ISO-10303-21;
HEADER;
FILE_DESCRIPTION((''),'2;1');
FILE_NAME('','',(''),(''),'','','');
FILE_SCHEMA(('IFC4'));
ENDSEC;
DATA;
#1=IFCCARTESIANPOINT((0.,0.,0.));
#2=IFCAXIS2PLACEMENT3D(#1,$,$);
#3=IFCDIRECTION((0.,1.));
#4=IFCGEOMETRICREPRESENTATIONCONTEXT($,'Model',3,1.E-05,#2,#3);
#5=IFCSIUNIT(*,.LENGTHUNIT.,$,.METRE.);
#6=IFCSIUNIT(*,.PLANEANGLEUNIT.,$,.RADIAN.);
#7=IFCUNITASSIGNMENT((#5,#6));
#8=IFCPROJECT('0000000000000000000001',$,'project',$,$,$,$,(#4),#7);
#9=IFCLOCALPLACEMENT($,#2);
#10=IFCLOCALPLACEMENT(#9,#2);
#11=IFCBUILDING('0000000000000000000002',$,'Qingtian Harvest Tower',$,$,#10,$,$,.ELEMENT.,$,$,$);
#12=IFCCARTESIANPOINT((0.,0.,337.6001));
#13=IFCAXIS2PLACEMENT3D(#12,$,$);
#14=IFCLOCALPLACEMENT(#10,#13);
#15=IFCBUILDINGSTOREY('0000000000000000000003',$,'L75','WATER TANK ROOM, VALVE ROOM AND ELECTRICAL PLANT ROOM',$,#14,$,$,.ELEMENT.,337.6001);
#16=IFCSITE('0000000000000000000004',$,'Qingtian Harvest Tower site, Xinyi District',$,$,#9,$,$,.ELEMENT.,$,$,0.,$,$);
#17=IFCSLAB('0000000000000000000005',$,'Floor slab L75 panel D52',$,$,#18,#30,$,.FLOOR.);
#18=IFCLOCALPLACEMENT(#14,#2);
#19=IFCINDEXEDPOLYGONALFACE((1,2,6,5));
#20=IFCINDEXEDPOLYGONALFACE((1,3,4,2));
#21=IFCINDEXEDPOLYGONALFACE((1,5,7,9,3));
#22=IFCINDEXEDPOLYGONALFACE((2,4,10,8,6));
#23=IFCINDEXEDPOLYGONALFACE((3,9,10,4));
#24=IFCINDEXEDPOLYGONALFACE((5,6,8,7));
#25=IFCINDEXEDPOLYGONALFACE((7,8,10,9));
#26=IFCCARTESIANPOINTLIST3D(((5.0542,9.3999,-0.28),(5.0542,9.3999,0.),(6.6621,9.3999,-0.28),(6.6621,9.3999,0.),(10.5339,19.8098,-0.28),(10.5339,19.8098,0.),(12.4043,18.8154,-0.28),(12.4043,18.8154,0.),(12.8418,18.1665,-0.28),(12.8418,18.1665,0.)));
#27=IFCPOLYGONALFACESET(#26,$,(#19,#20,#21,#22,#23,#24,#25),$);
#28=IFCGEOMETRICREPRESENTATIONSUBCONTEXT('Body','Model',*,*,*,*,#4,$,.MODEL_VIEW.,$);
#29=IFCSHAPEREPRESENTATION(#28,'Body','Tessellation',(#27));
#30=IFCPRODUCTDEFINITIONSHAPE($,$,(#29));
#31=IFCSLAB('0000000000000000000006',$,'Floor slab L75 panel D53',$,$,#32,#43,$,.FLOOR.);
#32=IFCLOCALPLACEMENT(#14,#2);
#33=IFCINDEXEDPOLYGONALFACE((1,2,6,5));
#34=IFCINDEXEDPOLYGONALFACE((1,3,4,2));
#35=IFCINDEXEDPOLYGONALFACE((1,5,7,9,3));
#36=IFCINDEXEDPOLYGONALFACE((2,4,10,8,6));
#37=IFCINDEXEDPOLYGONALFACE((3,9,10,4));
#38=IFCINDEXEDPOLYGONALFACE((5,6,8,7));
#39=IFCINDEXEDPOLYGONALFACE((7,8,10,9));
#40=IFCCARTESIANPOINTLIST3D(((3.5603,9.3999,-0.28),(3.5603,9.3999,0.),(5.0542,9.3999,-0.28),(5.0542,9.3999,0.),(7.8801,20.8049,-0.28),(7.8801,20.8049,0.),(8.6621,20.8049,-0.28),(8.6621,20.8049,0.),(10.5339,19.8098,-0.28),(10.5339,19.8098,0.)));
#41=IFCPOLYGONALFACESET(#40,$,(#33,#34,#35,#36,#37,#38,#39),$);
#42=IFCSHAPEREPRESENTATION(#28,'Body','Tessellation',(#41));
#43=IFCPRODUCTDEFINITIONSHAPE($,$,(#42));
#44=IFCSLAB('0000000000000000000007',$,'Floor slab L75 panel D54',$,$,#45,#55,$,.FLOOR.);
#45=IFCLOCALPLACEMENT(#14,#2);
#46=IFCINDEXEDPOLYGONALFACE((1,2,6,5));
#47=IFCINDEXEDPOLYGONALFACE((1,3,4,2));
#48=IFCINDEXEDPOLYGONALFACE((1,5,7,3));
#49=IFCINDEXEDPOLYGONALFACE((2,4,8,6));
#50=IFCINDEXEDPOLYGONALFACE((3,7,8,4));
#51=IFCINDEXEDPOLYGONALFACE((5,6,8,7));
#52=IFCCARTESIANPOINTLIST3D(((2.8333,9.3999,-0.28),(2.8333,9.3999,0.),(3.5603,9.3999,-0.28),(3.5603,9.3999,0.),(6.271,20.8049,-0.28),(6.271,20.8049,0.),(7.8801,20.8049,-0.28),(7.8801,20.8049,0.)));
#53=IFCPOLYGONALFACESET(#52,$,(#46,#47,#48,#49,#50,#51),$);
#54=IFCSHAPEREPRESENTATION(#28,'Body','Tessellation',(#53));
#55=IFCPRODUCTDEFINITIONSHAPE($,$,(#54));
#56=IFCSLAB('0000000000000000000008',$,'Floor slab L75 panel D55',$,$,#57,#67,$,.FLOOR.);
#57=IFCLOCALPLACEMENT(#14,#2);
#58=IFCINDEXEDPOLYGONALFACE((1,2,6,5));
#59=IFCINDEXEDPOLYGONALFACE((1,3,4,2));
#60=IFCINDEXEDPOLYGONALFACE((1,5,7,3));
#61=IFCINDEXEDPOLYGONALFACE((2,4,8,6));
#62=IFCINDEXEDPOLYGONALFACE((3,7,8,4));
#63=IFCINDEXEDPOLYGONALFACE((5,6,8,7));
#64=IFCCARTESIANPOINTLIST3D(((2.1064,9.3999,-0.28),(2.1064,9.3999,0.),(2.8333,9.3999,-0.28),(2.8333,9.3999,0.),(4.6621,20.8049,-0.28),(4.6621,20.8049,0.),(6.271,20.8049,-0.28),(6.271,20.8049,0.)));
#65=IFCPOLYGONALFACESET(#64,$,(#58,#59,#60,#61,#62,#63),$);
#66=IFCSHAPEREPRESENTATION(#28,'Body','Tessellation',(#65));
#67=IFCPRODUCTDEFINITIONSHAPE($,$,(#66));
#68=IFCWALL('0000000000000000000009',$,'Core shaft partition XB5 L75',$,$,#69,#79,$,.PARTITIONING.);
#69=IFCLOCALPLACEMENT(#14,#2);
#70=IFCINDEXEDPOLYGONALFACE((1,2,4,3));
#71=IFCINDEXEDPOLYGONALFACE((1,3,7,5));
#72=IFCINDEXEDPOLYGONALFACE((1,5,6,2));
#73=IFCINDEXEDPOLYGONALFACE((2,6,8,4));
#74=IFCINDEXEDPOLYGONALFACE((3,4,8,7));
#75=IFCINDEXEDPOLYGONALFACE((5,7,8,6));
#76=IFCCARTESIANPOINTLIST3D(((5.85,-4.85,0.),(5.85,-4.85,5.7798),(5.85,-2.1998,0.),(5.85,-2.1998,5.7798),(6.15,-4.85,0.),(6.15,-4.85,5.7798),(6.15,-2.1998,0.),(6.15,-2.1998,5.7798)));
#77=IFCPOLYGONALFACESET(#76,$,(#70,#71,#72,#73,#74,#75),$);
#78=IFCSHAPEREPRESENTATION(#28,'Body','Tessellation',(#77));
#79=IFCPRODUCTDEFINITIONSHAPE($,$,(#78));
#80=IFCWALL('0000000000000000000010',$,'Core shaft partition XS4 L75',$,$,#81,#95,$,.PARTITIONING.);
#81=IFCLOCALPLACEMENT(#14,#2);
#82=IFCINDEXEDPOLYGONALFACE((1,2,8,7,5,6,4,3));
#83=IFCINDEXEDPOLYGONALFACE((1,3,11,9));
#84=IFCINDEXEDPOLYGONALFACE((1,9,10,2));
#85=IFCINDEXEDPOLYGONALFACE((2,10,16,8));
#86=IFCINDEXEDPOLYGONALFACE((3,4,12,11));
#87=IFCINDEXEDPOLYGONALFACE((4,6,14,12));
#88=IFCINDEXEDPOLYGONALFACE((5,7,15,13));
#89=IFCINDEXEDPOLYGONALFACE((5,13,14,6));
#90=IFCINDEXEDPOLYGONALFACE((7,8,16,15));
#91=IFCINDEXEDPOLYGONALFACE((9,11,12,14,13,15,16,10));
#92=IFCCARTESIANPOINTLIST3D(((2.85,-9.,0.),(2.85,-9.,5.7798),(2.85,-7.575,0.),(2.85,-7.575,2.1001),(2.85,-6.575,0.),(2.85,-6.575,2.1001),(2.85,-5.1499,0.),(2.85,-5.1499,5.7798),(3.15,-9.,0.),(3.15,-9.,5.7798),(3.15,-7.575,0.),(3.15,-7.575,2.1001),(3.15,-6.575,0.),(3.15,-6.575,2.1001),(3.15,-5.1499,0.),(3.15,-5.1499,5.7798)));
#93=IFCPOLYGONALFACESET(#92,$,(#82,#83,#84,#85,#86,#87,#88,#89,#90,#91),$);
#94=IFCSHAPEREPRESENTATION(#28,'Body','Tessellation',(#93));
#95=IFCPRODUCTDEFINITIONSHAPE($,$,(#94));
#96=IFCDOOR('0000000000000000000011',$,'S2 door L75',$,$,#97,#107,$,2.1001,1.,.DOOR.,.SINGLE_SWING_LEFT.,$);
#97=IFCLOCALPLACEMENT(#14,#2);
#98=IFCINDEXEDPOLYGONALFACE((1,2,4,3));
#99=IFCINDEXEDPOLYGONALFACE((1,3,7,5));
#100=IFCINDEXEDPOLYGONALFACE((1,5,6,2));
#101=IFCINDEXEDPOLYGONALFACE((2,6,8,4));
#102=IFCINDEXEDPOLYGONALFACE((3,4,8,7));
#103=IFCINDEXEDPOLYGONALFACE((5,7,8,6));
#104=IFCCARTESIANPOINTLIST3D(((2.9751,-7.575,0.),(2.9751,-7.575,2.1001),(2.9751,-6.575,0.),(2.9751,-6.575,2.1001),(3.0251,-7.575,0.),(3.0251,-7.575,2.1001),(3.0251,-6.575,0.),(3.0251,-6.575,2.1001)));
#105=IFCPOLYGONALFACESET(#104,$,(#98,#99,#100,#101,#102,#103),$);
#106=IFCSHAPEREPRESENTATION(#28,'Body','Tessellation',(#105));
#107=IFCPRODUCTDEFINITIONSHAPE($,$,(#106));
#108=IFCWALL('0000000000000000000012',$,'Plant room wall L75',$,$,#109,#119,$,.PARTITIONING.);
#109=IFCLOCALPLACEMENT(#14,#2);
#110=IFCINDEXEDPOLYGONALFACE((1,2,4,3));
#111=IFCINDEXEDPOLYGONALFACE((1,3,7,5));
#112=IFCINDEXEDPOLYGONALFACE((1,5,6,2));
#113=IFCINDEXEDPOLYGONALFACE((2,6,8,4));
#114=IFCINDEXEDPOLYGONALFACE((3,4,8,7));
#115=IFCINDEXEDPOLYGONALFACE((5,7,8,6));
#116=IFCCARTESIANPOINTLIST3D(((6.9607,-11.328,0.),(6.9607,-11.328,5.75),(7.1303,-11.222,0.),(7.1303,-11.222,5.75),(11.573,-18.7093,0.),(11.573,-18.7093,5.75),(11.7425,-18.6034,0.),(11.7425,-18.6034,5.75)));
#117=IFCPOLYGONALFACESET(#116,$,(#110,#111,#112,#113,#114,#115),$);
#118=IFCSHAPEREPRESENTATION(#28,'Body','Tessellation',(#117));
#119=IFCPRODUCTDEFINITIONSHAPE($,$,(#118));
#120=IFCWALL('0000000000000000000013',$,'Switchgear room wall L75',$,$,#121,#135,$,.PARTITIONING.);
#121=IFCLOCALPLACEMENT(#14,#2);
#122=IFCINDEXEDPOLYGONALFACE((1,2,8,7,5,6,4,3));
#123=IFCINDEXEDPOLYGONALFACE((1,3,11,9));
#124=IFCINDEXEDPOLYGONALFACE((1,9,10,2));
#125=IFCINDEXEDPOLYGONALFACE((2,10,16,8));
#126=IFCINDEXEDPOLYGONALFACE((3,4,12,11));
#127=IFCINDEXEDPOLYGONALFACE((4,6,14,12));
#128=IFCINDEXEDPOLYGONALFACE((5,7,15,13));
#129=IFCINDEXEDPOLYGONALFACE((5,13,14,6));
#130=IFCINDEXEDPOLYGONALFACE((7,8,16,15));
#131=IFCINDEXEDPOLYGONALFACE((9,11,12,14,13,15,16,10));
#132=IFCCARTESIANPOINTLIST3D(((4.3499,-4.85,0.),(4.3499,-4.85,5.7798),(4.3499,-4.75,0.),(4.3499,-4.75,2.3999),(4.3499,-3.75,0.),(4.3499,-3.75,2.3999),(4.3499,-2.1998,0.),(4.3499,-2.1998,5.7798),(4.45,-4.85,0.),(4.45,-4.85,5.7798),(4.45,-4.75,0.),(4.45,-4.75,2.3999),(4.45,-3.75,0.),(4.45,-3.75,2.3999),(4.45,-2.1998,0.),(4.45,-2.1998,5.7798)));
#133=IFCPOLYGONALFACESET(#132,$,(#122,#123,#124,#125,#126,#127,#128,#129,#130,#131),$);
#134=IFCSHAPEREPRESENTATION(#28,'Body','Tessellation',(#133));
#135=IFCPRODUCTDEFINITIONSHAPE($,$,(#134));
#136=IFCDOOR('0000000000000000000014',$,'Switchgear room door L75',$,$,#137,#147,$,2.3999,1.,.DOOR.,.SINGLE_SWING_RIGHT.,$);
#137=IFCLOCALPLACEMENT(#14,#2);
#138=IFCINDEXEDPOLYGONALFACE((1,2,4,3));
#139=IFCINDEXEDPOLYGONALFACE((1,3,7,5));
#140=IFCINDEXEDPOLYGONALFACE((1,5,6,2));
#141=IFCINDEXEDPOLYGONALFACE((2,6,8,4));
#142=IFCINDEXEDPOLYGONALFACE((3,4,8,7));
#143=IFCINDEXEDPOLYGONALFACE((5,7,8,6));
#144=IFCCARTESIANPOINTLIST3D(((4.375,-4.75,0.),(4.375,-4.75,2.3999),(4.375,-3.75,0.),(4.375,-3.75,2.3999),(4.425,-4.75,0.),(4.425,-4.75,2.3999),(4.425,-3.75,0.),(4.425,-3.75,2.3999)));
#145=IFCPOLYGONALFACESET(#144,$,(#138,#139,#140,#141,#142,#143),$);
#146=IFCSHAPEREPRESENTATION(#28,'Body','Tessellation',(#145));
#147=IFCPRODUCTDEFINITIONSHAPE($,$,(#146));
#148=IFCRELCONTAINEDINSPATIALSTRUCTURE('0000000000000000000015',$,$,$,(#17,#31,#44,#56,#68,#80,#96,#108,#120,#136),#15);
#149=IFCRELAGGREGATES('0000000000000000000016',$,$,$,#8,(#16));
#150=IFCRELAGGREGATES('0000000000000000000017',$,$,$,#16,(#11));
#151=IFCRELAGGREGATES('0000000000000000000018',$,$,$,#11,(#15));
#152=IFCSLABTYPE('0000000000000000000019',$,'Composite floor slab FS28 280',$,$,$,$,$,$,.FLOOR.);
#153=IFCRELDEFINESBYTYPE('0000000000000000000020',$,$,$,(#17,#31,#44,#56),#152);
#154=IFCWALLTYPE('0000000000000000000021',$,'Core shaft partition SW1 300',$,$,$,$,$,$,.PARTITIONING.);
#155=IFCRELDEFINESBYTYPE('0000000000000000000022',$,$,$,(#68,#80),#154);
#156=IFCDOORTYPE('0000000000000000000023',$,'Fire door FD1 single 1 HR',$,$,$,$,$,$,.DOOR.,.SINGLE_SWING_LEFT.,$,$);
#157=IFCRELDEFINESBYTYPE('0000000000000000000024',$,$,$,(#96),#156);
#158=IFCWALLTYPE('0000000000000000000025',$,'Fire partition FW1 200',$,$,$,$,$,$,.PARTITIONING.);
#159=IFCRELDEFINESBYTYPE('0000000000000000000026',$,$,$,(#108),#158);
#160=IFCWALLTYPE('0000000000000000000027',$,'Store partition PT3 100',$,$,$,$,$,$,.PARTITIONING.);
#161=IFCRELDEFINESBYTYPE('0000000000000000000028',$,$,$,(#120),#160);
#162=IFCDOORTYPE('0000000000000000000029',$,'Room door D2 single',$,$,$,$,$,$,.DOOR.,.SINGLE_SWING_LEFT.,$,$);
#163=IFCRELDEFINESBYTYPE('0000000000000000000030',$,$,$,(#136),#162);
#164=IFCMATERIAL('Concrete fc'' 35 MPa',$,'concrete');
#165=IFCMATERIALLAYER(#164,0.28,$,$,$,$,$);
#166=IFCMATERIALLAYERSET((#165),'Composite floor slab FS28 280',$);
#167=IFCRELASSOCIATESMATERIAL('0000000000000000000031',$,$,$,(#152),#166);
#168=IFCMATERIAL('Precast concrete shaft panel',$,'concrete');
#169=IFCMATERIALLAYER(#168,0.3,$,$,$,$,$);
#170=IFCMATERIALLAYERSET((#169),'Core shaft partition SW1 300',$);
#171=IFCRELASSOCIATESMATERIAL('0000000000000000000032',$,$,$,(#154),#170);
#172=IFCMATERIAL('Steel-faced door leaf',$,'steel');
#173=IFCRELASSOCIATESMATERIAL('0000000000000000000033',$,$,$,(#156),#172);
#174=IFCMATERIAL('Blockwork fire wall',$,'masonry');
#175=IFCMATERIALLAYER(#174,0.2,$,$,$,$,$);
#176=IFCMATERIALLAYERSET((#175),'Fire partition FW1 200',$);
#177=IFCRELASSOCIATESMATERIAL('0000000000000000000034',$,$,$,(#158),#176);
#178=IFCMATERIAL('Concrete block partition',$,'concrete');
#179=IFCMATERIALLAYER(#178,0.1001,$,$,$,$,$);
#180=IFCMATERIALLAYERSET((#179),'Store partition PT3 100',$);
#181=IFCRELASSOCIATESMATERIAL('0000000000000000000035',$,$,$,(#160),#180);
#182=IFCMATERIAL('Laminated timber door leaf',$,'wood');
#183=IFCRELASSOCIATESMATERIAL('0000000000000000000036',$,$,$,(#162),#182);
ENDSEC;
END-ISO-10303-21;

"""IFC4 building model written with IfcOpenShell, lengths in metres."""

from ifc_helpers import new_model, si_unit, direction, frame, frame_2d, origin, place, context, subcontext, project, spatial, polyline, rectangle, outline, extrude, material, layer, layer_set, type_object, element, fill, save


model = new_model("IFC4")

# Units and contexts
model_context = context("Model", 3, precision=1e-05, world=origin(), true_north=direction((0.0, 1.0)))
body_context = subcontext(model_context, "Body", "Model", "MODEL_VIEW")
ifc_project = project(units=[si_unit("LENGTHUNIT", "METRE"), si_unit("PLANEANGLEUNIT", "RADIAN")], contexts=[model_context])

# Site, building, storey
site_placement = place(None, origin())
site = spatial("IfcSite", under=ifc_project, at=site_placement, Name="Qingtian Harvest Tower site, Xinyi District", CompositionType="ELEMENT", RefElevation=0.0)
building_placement = place(site_placement, origin())
building = spatial("IfcBuilding", under=site, at=building_placement, Name="Qingtian Harvest Tower", CompositionType="ELEMENT")
storey_placement = place(building_placement, frame((0.0, 0.0, 337.6001)))
storey = spatial("IfcBuildingStorey", under=building, at=storey_placement, Name="L75", Description="WATER TANK ROOM, VALVE ROOM AND ELECTRICAL PLANT ROOM", CompositionType="ELEMENT", Elevation=337.6001)

# Slabs
ifc_material_1 = material(Name="Concrete fc' 35 MPa", Category="concrete")
ifc_layer_1 = layer(ifc_material_1, 0.28)
ifc_layer_set_1 = layer_set([ifc_layer_1], Name="Composite floor slab FS28 280")
slab_type = type_object("IfcSlabType", Name="Composite floor slab FS28 280", PredefinedType="FLOOR", material=ifc_layer_set_1)
slab_1_placement = place(storey_placement, frame((0.0, 0.0, -0.28)))
element("IfcSlab", 1, at=slab_1_placement, inside=storey, type_object=slab_type, Name="Floor slab L75 panel D52", PredefinedType="FLOOR", context=body_context, shape_type="SweptSolid", body=[
    extrude(outline(polyline([(6.6621, 9.3999), (5.0542, 9.3999), (10.5339, 19.8098), (12.4043, 18.8154), (12.8418, 18.1665), (6.6621, 9.3999)])), origin(), (0.0, 0.0, 1.0), 0.28),
])
slab_2_placement = place(storey_placement, frame((0.0, 0.0, -0.28)))
element("IfcSlab", 2, at=slab_2_placement, inside=storey, type_object=slab_type, Name="Floor slab L75 panel D53", PredefinedType="FLOOR", context=body_context, shape_type="SweptSolid", body=[
    extrude(outline(polyline([(3.5603, 9.3999), (7.8801, 20.8049), (8.6621, 20.8049), (10.5339, 19.8098), (5.0542, 9.3999), (3.5603, 9.3999)])), origin(), (0.0, 0.0, 1.0), 0.28),
])
slab_3_placement = place(storey_placement, frame((0.0, 0.0, -0.28)))
element("IfcSlab", 3, at=slab_3_placement, inside=storey, type_object=slab_type, Name="Floor slab L75 panel D54", PredefinedType="FLOOR", context=body_context, shape_type="SweptSolid", body=[
    extrude(outline(polyline([(2.8333, 9.3999), (6.271, 20.8049), (7.8801, 20.8049), (3.5603, 9.3999), (2.8333, 9.3999)])), origin(), (0.0, 0.0, 1.0), 0.28),
])
slab_4_placement = place(storey_placement, frame((0.0, 0.0, -0.28)))
element("IfcSlab", 4, at=slab_4_placement, inside=storey, type_object=slab_type, Name="Floor slab L75 panel D55", PredefinedType="FLOOR", context=body_context, shape_type="SweptSolid", body=[
    extrude(outline(polyline([(2.1064, 9.3999), (4.6621, 20.8049), (6.271, 20.8049), (2.8333, 9.3999), (2.1064, 9.3999)])), origin(), (0.0, 0.0, 1.0), 0.28),
])

# Wall
ifc_material_2 = material(Name="Precast concrete shaft panel", Category="concrete")
ifc_layer_2 = layer(ifc_material_2, 0.3)
ifc_layer_set_2 = layer_set([ifc_layer_2], Name="Core shaft partition SW1 300")
wall_type_1 = type_object("IfcWallType", Name="Core shaft partition SW1 300", PredefinedType="PARTITIONING", material=ifc_layer_set_2)
wall_1_placement = place(storey_placement, frame((6.0, -4.8501, 0.0), z_axis=(0.0, 0.0, 1.0), x_axis=(0.0, 1.0, 0.0)))
element("IfcWall", 5, at=wall_1_placement, inside=storey, type_object=wall_type_1, Name="Core shaft partition XB5 L75", PredefinedType="PARTITIONING", context=body_context, shape_type="SweptSolid", body=[
    extrude(rectangle(XDim=2.6501, YDim=0.3, at=frame_2d((1.3252, 0.0))), origin(), (0.0, 0.0, 1.0), 5.7798),
])

# Wall, opening, door
wall_2_placement = place(storey_placement, frame((3.0, -9.0, 0.0), z_axis=(0.0, 0.0, 1.0), x_axis=(0.0, 1.0, 0.0)))
wall_2 = element("IfcWall", 6, at=wall_2_placement, inside=storey, type_object=wall_type_1, Name="Core shaft partition XS4 L75", PredefinedType="PARTITIONING", context=body_context, shape_type="SweptSolid", body=[
    extrude(rectangle(XDim=3.8501, YDim=0.3, at=frame_2d((1.925, 0.0))), origin(), (0.0, 0.0, 1.0), 5.7798),
])
opening_1_placement = place(wall_2_placement, frame((1.425, 0.0, 0.0)))
opening_1 = element("IfcOpeningElement", 7, at=opening_1_placement, cuts=wall_2, PredefinedType="OPENING", context=body_context, shape_type="SweptSolid", body=[
    extrude(rectangle(XDim=1.0, YDim=2.1001, at=frame_2d((0.5, 1.05))), frame((0.0, 0.1599, 0.0), z_axis=(0.0, -1.0, 0.0), x_axis=(1.0, 0.0, 0.0)), (0.0, 0.0, 1.0), 0.3201),
])
ifc_material_3 = material(Name="Steel-faced door leaf", Category="steel")
door_type_1 = type_object("IfcDoorType", Name="Fire door FD1 single 1 HR", OperationType="SINGLE_SWING_LEFT", PredefinedType="DOOR", material=ifc_material_3)
door_1_placement = place(opening_1_placement, origin())
door_1 = element("IfcDoor", 8, at=door_1_placement, inside=storey, type_object=door_type_1, Name="S2 door L75", OperationType="SINGLE_SWING_LEFT", OverallHeight=2.1001, OverallWidth=1.0, PredefinedType="DOOR", context=body_context, shape_type="SweptSolid", body=[
    extrude(rectangle(XDim=1.0, YDim=2.1001, at=frame_2d((0.5, 1.05))), frame((0.0, 0.0249, 0.0), z_axis=(0.0, -1.0, 0.0), x_axis=(1.0, 0.0, 0.0)), (0.0, 0.0, 1.0), 0.05),
])
fill(opening_1, door_1)

# Wall
ifc_material_4 = material(Name="Blockwork fire wall", Category="masonry")
ifc_layer_3 = layer(ifc_material_4, 0.2)
ifc_layer_set_3 = layer_set([ifc_layer_3], Name="Fire partition FW1 200")
wall_type_2 = type_object("IfcWallType", Name="Fire partition FW1 200", PredefinedType="PARTITIONING", material=ifc_layer_set_3)
wall_3_placement = place(storey_placement, frame((7.0454, -11.2749, 0.0), z_axis=(0.0, 0.0, 1.0), x_axis=(0.529913, -0.848052, 0.0)))
element("IfcWall", 9, at=wall_3_placement, inside=storey, type_object=wall_type_2, Name="Plant room wall L75", PredefinedType="PARTITIONING", context=body_context, shape_type="SweptSolid", body=[
    extrude(rectangle(XDim=8.7039, YDim=0.2, at=frame_2d((4.3521, 0.0))), origin(), (0.0, 0.0, 1.0), 5.75),
])

# Wall, opening, door
ifc_material_5 = material(Name="Concrete block partition", Category="concrete")
ifc_layer_4 = layer(ifc_material_5, 0.1001)
ifc_layer_set_4 = layer_set([ifc_layer_4], Name="Store partition PT3 100")
wall_type_3 = type_object("IfcWallType", Name="Store partition PT3 100", PredefinedType="PARTITIONING", material=ifc_layer_set_4)
wall_4_placement = place(storey_placement, frame((4.3999, -4.8501, 0.0), z_axis=(0.0, 0.0, 1.0), x_axis=(0.0, 1.0, 0.0)))
wall_4 = element("IfcWall", 10, at=wall_4_placement, inside=storey, type_object=wall_type_3, Name="Switchgear room wall L75", PredefinedType="PARTITIONING", context=body_context, shape_type="SweptSolid", body=[
    extrude(rectangle(XDim=2.6501, YDim=0.1001, at=frame_2d((1.3252, 0.0))), origin(), (0.0, 0.0, 1.0), 5.7798),
])
opening_2_placement = place(wall_4_placement, frame((0.1001, 0.0, 0.0)))
opening_2 = element("IfcOpeningElement", 11, at=opening_2_placement, cuts=wall_4, PredefinedType="OPENING", context=body_context, shape_type="SweptSolid", body=[
    extrude(rectangle(XDim=1.0, YDim=2.3999, at=frame_2d((0.5, 1.2))), frame((0.0, 0.0601, 0.0), z_axis=(0.0, -1.0, 0.0), x_axis=(1.0, 0.0, 0.0)), (0.0, 0.0, 1.0), 0.1201),
])
ifc_material_6 = material(Name="Laminated timber door leaf", Category="wood")
door_type_2 = type_object("IfcDoorType", Name="Room door D2 single", OperationType="SINGLE_SWING_LEFT", PredefinedType="DOOR", material=ifc_material_6)
door_2_placement = place(opening_2_placement, origin())
door_2 = element("IfcDoor", 12, at=door_2_placement, inside=storey, type_object=door_type_2, Name="Switchgear room door L75", OperationType="SINGLE_SWING_RIGHT", OverallHeight=2.3999, OverallWidth=1.0, PredefinedType="DOOR", context=body_context, shape_type="SweptSolid", body=[
    extrude(rectangle(XDim=1.0, YDim=2.3999, at=frame_2d((0.5, 1.2))), frame((0.0, 0.0249, 0.0), z_axis=(0.0, -1.0, 0.0), x_axis=(1.0, 0.0, 0.0)), (0.0, 0.0, 1.0), 0.05),
])
fill(opening_2, door_2)

save(model, "model.ifc")
